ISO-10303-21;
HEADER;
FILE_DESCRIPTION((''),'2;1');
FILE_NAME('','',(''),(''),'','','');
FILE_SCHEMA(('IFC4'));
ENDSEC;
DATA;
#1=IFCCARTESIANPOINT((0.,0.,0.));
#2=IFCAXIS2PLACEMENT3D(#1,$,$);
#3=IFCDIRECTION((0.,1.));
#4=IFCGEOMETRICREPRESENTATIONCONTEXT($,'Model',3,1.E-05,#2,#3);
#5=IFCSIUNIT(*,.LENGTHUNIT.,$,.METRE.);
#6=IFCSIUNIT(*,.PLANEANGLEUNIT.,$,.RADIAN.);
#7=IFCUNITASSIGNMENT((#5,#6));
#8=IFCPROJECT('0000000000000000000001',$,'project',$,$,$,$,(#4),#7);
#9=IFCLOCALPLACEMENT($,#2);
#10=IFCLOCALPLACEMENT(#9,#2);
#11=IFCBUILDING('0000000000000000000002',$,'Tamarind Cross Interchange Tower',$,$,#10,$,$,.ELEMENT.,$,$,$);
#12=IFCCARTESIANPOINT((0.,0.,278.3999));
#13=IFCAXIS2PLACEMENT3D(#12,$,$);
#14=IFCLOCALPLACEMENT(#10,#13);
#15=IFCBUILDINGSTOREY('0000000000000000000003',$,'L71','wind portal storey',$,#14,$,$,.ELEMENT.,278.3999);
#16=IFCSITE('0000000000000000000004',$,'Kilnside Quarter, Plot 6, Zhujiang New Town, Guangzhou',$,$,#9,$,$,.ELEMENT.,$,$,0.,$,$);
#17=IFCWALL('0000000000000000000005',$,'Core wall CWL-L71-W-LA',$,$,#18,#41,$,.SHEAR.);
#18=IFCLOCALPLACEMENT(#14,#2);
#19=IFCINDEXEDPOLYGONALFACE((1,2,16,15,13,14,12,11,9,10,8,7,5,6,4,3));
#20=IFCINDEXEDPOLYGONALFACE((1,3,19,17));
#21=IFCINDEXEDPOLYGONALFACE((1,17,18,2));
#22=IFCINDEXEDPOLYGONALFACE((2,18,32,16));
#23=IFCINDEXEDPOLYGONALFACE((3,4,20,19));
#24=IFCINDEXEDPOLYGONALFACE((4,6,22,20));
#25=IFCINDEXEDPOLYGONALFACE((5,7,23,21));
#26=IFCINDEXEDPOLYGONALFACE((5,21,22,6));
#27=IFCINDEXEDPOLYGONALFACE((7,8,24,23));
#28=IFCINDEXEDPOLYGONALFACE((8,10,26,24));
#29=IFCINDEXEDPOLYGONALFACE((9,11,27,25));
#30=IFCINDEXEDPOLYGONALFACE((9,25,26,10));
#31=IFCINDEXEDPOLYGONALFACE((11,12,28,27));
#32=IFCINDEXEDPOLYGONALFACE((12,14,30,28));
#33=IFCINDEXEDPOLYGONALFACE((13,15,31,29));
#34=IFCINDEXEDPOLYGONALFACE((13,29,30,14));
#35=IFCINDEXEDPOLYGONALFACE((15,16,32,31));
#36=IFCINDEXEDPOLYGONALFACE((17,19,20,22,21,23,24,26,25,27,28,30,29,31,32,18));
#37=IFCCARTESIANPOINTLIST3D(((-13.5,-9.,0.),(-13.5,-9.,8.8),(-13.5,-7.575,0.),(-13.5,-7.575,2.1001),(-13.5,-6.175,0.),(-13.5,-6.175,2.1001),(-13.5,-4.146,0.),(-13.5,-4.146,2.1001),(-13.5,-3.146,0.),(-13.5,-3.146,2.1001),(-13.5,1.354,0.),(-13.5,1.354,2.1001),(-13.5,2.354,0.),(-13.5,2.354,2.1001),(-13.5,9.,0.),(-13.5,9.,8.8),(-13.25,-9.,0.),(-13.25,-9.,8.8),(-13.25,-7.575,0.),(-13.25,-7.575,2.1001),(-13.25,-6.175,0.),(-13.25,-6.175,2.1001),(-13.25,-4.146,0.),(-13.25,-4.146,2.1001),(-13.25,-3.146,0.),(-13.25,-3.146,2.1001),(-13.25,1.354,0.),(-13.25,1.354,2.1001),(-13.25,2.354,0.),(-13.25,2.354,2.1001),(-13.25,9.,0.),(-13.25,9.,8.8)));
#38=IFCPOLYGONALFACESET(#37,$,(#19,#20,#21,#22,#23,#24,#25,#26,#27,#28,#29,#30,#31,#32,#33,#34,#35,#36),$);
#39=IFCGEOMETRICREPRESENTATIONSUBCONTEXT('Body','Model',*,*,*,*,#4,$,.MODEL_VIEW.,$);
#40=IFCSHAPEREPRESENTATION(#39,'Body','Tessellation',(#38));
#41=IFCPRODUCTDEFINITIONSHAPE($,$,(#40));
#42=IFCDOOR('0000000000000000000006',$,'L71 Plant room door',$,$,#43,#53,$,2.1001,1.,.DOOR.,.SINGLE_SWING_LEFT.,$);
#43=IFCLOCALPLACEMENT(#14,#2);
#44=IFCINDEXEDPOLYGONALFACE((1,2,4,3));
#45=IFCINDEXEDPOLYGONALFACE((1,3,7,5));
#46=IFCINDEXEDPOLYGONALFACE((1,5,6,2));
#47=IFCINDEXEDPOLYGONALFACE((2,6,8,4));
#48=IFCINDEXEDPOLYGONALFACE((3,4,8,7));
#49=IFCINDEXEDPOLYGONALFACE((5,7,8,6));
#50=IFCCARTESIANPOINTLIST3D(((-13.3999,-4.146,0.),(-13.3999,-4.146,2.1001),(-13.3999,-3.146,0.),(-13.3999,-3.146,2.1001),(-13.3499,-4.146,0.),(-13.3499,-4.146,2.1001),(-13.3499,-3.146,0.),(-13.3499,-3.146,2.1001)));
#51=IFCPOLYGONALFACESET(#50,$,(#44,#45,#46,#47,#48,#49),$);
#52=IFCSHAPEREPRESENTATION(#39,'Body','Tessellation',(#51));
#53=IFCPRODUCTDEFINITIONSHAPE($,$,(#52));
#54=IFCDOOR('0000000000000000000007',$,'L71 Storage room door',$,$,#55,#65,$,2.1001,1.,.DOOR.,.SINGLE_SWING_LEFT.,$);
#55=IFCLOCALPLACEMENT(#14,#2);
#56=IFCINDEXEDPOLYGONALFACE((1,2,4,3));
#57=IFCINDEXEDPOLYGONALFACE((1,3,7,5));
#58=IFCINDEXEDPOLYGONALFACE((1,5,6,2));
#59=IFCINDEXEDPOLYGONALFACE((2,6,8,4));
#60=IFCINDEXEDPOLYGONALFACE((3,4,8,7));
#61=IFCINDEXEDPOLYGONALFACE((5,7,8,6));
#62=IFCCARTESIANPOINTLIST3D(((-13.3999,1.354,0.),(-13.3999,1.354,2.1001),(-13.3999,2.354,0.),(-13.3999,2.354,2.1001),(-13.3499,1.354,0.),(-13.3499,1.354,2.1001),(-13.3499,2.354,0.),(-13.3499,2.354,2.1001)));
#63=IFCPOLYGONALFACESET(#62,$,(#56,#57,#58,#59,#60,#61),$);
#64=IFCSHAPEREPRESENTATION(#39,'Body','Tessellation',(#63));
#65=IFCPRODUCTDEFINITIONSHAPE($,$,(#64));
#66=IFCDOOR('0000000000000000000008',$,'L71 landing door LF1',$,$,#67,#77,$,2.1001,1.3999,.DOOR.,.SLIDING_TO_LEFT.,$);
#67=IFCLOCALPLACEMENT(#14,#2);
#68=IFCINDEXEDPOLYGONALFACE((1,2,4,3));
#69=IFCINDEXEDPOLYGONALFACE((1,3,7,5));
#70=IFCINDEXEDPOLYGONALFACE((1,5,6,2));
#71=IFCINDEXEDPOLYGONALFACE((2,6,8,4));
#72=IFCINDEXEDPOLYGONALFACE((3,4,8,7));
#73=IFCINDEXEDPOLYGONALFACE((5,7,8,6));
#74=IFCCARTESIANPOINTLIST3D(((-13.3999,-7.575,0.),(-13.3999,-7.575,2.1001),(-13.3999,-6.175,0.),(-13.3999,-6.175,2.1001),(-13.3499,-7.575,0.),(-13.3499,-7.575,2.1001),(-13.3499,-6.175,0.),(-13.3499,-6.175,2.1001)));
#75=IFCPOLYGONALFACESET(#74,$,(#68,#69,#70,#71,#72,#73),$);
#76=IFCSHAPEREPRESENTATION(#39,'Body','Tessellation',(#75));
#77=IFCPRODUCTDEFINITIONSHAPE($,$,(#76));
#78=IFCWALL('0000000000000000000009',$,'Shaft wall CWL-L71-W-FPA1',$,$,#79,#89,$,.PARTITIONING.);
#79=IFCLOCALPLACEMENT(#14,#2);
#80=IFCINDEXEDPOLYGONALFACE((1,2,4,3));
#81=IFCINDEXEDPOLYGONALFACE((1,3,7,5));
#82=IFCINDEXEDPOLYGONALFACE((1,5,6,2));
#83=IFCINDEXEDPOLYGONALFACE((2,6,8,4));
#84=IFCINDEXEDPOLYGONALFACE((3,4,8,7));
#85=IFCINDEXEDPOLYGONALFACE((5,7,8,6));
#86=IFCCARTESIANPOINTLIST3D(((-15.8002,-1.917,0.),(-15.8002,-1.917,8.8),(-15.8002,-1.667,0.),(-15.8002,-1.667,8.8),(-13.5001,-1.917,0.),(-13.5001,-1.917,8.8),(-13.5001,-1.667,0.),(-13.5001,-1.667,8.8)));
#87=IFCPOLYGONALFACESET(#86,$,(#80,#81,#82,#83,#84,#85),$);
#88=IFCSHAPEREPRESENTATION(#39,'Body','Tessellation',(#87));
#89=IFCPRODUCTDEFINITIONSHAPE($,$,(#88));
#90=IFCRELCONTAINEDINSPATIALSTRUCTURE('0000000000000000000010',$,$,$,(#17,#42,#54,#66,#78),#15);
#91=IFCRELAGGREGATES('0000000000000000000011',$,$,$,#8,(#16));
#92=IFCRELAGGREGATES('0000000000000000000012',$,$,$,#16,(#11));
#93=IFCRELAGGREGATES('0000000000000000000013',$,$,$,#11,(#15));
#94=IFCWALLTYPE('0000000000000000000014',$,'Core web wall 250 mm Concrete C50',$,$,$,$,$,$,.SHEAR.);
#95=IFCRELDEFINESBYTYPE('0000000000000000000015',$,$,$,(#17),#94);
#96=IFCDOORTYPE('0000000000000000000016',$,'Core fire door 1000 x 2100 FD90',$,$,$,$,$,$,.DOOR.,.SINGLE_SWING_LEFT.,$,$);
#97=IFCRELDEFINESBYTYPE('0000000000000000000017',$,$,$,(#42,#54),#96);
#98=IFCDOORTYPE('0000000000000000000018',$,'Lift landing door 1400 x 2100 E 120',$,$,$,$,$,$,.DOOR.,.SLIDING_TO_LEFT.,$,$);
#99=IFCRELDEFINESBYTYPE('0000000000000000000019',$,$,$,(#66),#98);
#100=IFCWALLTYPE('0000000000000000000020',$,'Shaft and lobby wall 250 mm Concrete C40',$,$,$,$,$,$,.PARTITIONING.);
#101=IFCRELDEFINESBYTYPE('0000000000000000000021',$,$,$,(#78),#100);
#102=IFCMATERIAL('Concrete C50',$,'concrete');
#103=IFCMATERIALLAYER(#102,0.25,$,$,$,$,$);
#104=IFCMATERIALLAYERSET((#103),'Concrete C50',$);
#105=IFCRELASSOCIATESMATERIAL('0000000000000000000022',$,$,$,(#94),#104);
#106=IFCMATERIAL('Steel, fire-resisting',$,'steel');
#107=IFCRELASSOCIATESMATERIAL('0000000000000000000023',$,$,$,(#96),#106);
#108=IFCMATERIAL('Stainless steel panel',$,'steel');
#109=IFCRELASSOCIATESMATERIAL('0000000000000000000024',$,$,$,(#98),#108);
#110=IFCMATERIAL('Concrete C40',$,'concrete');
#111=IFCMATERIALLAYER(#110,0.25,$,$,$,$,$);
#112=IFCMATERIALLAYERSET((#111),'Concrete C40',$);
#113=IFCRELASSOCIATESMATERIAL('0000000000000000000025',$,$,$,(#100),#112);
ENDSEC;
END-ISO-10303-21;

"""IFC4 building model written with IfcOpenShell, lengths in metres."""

from ifc_helpers import new_model, si_unit, direction, frame, frame_2d, origin, place, context, subcontext, project, spatial, rectangle, extrude, material, layer, layer_set, type_object, element, fill, save


model = new_model("IFC4")

# Units and contexts
model_context = context("Model", 3, precision=1e-05, world=origin(), true_north=direction((0.0, 1.0)))
body_context = subcontext(model_context, "Body", "Model", "MODEL_VIEW")
ifc_project = project(units=[si_unit("LENGTHUNIT", "METRE"), si_unit("PLANEANGLEUNIT", "RADIAN")], contexts=[model_context])

# Site, building, storey
site_placement = place(None, origin())
site = spatial("IfcSite", under=ifc_project, at=site_placement, Name="Kilnside Quarter, Plot 6, Zhujiang New Town, Guangzhou", CompositionType="ELEMENT", RefElevation=0.0)
building_placement = place(site_placement, origin())
building = spatial("IfcBuilding", under=site, at=building_placement, Name="Tamarind Cross Interchange Tower", CompositionType="ELEMENT")
storey_placement = place(building_placement, frame((0.0, 0.0, 278.3999)))
storey = spatial("IfcBuildingStorey", under=building, at=storey_placement, Name="L71", Description="wind portal storey", CompositionType="ELEMENT", Elevation=278.3999)

# Wall, openings, doors
ifc_material_1 = material(Name="Concrete C50", Category="concrete")
ifc_material_2 = material(Name="Steel, fire-resisting", Category="steel")
ifc_layer_1 = layer(ifc_material_1, 0.25)
ifc_layer_set_1 = layer_set([ifc_layer_1], Name="Concrete C50")
wall_type_1 = type_object("IfcWallType", Name="Core web wall 250 mm Concrete C50", PredefinedType="SHEAR", material=ifc_layer_set_1)
wall_1_placement = place(storey_placement, frame((-13.375, -9.0, 0.0), z_axis=(0.0, 0.0, 1.0), x_axis=(0.0, 1.0, 0.0)))
wall_1 = element("IfcWall", 1, at=wall_1_placement, inside=storey, type_object=wall_type_1, Name="Core wall CWL-L71-W-LA", PredefinedType="SHEAR", context=body_context, shape_type="SweptSolid", body=[
    extrude(rectangle(XDim=18.0, YDim=0.25, at=frame_2d((9.0, 0.0))), origin(), (0.0, 0.0, 1.0), 8.8),
])
opening_1_placement = place(wall_1_placement, frame((1.425, 0.0, 0.0)))
opening_1 = element("IfcOpeningElement", 2, at=opening_1_placement, cuts=wall_1, PredefinedType="OPENING", context=body_context, shape_type="SweptSolid", body=[
    extrude(rectangle(XDim=1.3999, YDim=2.1001, at=frame_2d((0.7, 1.05))), frame((0.0, 0.135, 0.0), z_axis=(0.0, -1.0, 0.0), x_axis=(1.0, 0.0, 0.0)), (0.0, 0.0, 1.0), 0.27),
])
opening_2_placement = place(wall_1_placement, frame((4.854, 0.0, 0.0)))
opening_2 = element("IfcOpeningElement", 3, at=opening_2_placement, cuts=wall_1, PredefinedType="OPENING", context=body_context, shape_type="SweptSolid", body=[
    extrude(rectangle(XDim=1.0, YDim=2.1001, at=frame_2d((0.5, 1.05))), frame((0.0, 0.135, 0.0), z_axis=(0.0, -1.0, 0.0), x_axis=(1.0, 0.0, 0.0)), (0.0, 0.0, 1.0), 0.27),
])
opening_3_placement = place(wall_1_placement, frame((10.354, 0.0, 0.0)))
opening_3 = element("IfcOpeningElement", 4, at=opening_3_placement, cuts=wall_1, PredefinedType="OPENING", context=body_context, shape_type="SweptSolid", body=[
    extrude(rectangle(XDim=1.0, YDim=2.1001, at=frame_2d((0.5, 1.05))), frame((0.0, 0.135, 0.0), z_axis=(0.0, -1.0, 0.0), x_axis=(1.0, 0.0, 0.0)), (0.0, 0.0, 1.0), 0.27),
])
door_type_1 = type_object("IfcDoorType", Name="Core fire door 1000 x 2100 FD90", OperationType="SINGLE_SWING_LEFT", PredefinedType="DOOR", material=ifc_material_2)
door_1_placement = place(opening_2_placement, origin())
door_1 = element("IfcDoor", 5, at=door_1_placement, inside=storey, type_object=door_type_1, Name="L71 Plant room door", OperationType="SINGLE_SWING_LEFT", OverallHeight=2.1001, OverallWidth=1.0, PredefinedType="DOOR", context=body_context, shape_type="SweptSolid", body=[
    extrude(rectangle(XDim=1.0, YDim=2.1001, at=frame_2d((0.5, 1.05))), frame((0.0, 0.0249, 0.0), z_axis=(0.0, -1.0, 0.0), x_axis=(1.0, 0.0, 0.0)), (0.0, 0.0, 1.0), 0.05),
])
fill(opening_2, door_1)
door_2_placement = place(opening_3_placement, origin())
door_2 = element("IfcDoor", 6, at=door_2_placement, inside=storey, type_object=door_type_1, Name="L71 Storage room door", OperationType="SINGLE_SWING_LEFT", OverallHeight=2.1001, OverallWidth=1.0, PredefinedType="DOOR", context=body_context, shape_type="SweptSolid", body=[
    extrude(rectangle(XDim=1.0, YDim=2.1001, at=frame_2d((0.5, 1.05))), frame((0.0, 0.0249, 0.0), z_axis=(0.0, -1.0, 0.0), x_axis=(1.0, 0.0, 0.0)), (0.0, 0.0, 1.0), 0.05),
])
fill(opening_3, door_2)
ifc_material_3 = material(Name="Stainless steel panel", Category="steel")
door_type_2 = type_object("IfcDoorType", Name="Lift landing door 1400 x 2100 E 120", OperationType="SLIDING_TO_LEFT", PredefinedType="DOOR", material=ifc_material_3)
door_3_placement = place(opening_1_placement, origin())
door_3 = element("IfcDoor", 7, at=door_3_placement, inside=storey, type_object=door_type_2, Name="L71 landing door LF1", OperationType="SLIDING_TO_LEFT", OverallHeight=2.1001, OverallWidth=1.3999, PredefinedType="DOOR", context=body_context, shape_type="SweptSolid", body=[
    extrude(rectangle(XDim=1.3999, YDim=2.1001, at=frame_2d((0.7, 1.05))), frame((0.0, 0.0249, 0.0), z_axis=(0.0, -1.0, 0.0), x_axis=(1.0, 0.0, 0.0)), (0.0, 0.0, 1.0), 0.05),
])
fill(opening_1, door_3)

# Wall
ifc_material_4 = material(Name="Concrete C40", Category="concrete")
ifc_layer_2 = layer(ifc_material_4, 0.25)
ifc_layer_set_2 = layer_set([ifc_layer_2], Name="Concrete C40")
wall_type_2 = type_object("IfcWallType", Name="Shaft and lobby wall 250 mm Concrete C40", PredefinedType="PARTITIONING", material=ifc_layer_set_2)
wall_2_placement = place(storey_placement, frame((-15.8, -1.792, 0.0), z_axis=(0.0, 0.0, 1.0), x_axis=(1.0, 0.0, 0.0)))
element("IfcWall", 8, at=wall_2_placement, inside=storey, type_object=wall_type_2, Name="Shaft wall CWL-L71-W-FPA1", PredefinedType="PARTITIONING", context=body_context, shape_type="SweptSolid", body=[
    extrude(rectangle(XDim=2.3, YDim=0.25, at=frame_2d((1.1499, 0.0))), origin(), (0.0, 0.0, 1.0), 8.8),
])

save(model, "model.ifc")
